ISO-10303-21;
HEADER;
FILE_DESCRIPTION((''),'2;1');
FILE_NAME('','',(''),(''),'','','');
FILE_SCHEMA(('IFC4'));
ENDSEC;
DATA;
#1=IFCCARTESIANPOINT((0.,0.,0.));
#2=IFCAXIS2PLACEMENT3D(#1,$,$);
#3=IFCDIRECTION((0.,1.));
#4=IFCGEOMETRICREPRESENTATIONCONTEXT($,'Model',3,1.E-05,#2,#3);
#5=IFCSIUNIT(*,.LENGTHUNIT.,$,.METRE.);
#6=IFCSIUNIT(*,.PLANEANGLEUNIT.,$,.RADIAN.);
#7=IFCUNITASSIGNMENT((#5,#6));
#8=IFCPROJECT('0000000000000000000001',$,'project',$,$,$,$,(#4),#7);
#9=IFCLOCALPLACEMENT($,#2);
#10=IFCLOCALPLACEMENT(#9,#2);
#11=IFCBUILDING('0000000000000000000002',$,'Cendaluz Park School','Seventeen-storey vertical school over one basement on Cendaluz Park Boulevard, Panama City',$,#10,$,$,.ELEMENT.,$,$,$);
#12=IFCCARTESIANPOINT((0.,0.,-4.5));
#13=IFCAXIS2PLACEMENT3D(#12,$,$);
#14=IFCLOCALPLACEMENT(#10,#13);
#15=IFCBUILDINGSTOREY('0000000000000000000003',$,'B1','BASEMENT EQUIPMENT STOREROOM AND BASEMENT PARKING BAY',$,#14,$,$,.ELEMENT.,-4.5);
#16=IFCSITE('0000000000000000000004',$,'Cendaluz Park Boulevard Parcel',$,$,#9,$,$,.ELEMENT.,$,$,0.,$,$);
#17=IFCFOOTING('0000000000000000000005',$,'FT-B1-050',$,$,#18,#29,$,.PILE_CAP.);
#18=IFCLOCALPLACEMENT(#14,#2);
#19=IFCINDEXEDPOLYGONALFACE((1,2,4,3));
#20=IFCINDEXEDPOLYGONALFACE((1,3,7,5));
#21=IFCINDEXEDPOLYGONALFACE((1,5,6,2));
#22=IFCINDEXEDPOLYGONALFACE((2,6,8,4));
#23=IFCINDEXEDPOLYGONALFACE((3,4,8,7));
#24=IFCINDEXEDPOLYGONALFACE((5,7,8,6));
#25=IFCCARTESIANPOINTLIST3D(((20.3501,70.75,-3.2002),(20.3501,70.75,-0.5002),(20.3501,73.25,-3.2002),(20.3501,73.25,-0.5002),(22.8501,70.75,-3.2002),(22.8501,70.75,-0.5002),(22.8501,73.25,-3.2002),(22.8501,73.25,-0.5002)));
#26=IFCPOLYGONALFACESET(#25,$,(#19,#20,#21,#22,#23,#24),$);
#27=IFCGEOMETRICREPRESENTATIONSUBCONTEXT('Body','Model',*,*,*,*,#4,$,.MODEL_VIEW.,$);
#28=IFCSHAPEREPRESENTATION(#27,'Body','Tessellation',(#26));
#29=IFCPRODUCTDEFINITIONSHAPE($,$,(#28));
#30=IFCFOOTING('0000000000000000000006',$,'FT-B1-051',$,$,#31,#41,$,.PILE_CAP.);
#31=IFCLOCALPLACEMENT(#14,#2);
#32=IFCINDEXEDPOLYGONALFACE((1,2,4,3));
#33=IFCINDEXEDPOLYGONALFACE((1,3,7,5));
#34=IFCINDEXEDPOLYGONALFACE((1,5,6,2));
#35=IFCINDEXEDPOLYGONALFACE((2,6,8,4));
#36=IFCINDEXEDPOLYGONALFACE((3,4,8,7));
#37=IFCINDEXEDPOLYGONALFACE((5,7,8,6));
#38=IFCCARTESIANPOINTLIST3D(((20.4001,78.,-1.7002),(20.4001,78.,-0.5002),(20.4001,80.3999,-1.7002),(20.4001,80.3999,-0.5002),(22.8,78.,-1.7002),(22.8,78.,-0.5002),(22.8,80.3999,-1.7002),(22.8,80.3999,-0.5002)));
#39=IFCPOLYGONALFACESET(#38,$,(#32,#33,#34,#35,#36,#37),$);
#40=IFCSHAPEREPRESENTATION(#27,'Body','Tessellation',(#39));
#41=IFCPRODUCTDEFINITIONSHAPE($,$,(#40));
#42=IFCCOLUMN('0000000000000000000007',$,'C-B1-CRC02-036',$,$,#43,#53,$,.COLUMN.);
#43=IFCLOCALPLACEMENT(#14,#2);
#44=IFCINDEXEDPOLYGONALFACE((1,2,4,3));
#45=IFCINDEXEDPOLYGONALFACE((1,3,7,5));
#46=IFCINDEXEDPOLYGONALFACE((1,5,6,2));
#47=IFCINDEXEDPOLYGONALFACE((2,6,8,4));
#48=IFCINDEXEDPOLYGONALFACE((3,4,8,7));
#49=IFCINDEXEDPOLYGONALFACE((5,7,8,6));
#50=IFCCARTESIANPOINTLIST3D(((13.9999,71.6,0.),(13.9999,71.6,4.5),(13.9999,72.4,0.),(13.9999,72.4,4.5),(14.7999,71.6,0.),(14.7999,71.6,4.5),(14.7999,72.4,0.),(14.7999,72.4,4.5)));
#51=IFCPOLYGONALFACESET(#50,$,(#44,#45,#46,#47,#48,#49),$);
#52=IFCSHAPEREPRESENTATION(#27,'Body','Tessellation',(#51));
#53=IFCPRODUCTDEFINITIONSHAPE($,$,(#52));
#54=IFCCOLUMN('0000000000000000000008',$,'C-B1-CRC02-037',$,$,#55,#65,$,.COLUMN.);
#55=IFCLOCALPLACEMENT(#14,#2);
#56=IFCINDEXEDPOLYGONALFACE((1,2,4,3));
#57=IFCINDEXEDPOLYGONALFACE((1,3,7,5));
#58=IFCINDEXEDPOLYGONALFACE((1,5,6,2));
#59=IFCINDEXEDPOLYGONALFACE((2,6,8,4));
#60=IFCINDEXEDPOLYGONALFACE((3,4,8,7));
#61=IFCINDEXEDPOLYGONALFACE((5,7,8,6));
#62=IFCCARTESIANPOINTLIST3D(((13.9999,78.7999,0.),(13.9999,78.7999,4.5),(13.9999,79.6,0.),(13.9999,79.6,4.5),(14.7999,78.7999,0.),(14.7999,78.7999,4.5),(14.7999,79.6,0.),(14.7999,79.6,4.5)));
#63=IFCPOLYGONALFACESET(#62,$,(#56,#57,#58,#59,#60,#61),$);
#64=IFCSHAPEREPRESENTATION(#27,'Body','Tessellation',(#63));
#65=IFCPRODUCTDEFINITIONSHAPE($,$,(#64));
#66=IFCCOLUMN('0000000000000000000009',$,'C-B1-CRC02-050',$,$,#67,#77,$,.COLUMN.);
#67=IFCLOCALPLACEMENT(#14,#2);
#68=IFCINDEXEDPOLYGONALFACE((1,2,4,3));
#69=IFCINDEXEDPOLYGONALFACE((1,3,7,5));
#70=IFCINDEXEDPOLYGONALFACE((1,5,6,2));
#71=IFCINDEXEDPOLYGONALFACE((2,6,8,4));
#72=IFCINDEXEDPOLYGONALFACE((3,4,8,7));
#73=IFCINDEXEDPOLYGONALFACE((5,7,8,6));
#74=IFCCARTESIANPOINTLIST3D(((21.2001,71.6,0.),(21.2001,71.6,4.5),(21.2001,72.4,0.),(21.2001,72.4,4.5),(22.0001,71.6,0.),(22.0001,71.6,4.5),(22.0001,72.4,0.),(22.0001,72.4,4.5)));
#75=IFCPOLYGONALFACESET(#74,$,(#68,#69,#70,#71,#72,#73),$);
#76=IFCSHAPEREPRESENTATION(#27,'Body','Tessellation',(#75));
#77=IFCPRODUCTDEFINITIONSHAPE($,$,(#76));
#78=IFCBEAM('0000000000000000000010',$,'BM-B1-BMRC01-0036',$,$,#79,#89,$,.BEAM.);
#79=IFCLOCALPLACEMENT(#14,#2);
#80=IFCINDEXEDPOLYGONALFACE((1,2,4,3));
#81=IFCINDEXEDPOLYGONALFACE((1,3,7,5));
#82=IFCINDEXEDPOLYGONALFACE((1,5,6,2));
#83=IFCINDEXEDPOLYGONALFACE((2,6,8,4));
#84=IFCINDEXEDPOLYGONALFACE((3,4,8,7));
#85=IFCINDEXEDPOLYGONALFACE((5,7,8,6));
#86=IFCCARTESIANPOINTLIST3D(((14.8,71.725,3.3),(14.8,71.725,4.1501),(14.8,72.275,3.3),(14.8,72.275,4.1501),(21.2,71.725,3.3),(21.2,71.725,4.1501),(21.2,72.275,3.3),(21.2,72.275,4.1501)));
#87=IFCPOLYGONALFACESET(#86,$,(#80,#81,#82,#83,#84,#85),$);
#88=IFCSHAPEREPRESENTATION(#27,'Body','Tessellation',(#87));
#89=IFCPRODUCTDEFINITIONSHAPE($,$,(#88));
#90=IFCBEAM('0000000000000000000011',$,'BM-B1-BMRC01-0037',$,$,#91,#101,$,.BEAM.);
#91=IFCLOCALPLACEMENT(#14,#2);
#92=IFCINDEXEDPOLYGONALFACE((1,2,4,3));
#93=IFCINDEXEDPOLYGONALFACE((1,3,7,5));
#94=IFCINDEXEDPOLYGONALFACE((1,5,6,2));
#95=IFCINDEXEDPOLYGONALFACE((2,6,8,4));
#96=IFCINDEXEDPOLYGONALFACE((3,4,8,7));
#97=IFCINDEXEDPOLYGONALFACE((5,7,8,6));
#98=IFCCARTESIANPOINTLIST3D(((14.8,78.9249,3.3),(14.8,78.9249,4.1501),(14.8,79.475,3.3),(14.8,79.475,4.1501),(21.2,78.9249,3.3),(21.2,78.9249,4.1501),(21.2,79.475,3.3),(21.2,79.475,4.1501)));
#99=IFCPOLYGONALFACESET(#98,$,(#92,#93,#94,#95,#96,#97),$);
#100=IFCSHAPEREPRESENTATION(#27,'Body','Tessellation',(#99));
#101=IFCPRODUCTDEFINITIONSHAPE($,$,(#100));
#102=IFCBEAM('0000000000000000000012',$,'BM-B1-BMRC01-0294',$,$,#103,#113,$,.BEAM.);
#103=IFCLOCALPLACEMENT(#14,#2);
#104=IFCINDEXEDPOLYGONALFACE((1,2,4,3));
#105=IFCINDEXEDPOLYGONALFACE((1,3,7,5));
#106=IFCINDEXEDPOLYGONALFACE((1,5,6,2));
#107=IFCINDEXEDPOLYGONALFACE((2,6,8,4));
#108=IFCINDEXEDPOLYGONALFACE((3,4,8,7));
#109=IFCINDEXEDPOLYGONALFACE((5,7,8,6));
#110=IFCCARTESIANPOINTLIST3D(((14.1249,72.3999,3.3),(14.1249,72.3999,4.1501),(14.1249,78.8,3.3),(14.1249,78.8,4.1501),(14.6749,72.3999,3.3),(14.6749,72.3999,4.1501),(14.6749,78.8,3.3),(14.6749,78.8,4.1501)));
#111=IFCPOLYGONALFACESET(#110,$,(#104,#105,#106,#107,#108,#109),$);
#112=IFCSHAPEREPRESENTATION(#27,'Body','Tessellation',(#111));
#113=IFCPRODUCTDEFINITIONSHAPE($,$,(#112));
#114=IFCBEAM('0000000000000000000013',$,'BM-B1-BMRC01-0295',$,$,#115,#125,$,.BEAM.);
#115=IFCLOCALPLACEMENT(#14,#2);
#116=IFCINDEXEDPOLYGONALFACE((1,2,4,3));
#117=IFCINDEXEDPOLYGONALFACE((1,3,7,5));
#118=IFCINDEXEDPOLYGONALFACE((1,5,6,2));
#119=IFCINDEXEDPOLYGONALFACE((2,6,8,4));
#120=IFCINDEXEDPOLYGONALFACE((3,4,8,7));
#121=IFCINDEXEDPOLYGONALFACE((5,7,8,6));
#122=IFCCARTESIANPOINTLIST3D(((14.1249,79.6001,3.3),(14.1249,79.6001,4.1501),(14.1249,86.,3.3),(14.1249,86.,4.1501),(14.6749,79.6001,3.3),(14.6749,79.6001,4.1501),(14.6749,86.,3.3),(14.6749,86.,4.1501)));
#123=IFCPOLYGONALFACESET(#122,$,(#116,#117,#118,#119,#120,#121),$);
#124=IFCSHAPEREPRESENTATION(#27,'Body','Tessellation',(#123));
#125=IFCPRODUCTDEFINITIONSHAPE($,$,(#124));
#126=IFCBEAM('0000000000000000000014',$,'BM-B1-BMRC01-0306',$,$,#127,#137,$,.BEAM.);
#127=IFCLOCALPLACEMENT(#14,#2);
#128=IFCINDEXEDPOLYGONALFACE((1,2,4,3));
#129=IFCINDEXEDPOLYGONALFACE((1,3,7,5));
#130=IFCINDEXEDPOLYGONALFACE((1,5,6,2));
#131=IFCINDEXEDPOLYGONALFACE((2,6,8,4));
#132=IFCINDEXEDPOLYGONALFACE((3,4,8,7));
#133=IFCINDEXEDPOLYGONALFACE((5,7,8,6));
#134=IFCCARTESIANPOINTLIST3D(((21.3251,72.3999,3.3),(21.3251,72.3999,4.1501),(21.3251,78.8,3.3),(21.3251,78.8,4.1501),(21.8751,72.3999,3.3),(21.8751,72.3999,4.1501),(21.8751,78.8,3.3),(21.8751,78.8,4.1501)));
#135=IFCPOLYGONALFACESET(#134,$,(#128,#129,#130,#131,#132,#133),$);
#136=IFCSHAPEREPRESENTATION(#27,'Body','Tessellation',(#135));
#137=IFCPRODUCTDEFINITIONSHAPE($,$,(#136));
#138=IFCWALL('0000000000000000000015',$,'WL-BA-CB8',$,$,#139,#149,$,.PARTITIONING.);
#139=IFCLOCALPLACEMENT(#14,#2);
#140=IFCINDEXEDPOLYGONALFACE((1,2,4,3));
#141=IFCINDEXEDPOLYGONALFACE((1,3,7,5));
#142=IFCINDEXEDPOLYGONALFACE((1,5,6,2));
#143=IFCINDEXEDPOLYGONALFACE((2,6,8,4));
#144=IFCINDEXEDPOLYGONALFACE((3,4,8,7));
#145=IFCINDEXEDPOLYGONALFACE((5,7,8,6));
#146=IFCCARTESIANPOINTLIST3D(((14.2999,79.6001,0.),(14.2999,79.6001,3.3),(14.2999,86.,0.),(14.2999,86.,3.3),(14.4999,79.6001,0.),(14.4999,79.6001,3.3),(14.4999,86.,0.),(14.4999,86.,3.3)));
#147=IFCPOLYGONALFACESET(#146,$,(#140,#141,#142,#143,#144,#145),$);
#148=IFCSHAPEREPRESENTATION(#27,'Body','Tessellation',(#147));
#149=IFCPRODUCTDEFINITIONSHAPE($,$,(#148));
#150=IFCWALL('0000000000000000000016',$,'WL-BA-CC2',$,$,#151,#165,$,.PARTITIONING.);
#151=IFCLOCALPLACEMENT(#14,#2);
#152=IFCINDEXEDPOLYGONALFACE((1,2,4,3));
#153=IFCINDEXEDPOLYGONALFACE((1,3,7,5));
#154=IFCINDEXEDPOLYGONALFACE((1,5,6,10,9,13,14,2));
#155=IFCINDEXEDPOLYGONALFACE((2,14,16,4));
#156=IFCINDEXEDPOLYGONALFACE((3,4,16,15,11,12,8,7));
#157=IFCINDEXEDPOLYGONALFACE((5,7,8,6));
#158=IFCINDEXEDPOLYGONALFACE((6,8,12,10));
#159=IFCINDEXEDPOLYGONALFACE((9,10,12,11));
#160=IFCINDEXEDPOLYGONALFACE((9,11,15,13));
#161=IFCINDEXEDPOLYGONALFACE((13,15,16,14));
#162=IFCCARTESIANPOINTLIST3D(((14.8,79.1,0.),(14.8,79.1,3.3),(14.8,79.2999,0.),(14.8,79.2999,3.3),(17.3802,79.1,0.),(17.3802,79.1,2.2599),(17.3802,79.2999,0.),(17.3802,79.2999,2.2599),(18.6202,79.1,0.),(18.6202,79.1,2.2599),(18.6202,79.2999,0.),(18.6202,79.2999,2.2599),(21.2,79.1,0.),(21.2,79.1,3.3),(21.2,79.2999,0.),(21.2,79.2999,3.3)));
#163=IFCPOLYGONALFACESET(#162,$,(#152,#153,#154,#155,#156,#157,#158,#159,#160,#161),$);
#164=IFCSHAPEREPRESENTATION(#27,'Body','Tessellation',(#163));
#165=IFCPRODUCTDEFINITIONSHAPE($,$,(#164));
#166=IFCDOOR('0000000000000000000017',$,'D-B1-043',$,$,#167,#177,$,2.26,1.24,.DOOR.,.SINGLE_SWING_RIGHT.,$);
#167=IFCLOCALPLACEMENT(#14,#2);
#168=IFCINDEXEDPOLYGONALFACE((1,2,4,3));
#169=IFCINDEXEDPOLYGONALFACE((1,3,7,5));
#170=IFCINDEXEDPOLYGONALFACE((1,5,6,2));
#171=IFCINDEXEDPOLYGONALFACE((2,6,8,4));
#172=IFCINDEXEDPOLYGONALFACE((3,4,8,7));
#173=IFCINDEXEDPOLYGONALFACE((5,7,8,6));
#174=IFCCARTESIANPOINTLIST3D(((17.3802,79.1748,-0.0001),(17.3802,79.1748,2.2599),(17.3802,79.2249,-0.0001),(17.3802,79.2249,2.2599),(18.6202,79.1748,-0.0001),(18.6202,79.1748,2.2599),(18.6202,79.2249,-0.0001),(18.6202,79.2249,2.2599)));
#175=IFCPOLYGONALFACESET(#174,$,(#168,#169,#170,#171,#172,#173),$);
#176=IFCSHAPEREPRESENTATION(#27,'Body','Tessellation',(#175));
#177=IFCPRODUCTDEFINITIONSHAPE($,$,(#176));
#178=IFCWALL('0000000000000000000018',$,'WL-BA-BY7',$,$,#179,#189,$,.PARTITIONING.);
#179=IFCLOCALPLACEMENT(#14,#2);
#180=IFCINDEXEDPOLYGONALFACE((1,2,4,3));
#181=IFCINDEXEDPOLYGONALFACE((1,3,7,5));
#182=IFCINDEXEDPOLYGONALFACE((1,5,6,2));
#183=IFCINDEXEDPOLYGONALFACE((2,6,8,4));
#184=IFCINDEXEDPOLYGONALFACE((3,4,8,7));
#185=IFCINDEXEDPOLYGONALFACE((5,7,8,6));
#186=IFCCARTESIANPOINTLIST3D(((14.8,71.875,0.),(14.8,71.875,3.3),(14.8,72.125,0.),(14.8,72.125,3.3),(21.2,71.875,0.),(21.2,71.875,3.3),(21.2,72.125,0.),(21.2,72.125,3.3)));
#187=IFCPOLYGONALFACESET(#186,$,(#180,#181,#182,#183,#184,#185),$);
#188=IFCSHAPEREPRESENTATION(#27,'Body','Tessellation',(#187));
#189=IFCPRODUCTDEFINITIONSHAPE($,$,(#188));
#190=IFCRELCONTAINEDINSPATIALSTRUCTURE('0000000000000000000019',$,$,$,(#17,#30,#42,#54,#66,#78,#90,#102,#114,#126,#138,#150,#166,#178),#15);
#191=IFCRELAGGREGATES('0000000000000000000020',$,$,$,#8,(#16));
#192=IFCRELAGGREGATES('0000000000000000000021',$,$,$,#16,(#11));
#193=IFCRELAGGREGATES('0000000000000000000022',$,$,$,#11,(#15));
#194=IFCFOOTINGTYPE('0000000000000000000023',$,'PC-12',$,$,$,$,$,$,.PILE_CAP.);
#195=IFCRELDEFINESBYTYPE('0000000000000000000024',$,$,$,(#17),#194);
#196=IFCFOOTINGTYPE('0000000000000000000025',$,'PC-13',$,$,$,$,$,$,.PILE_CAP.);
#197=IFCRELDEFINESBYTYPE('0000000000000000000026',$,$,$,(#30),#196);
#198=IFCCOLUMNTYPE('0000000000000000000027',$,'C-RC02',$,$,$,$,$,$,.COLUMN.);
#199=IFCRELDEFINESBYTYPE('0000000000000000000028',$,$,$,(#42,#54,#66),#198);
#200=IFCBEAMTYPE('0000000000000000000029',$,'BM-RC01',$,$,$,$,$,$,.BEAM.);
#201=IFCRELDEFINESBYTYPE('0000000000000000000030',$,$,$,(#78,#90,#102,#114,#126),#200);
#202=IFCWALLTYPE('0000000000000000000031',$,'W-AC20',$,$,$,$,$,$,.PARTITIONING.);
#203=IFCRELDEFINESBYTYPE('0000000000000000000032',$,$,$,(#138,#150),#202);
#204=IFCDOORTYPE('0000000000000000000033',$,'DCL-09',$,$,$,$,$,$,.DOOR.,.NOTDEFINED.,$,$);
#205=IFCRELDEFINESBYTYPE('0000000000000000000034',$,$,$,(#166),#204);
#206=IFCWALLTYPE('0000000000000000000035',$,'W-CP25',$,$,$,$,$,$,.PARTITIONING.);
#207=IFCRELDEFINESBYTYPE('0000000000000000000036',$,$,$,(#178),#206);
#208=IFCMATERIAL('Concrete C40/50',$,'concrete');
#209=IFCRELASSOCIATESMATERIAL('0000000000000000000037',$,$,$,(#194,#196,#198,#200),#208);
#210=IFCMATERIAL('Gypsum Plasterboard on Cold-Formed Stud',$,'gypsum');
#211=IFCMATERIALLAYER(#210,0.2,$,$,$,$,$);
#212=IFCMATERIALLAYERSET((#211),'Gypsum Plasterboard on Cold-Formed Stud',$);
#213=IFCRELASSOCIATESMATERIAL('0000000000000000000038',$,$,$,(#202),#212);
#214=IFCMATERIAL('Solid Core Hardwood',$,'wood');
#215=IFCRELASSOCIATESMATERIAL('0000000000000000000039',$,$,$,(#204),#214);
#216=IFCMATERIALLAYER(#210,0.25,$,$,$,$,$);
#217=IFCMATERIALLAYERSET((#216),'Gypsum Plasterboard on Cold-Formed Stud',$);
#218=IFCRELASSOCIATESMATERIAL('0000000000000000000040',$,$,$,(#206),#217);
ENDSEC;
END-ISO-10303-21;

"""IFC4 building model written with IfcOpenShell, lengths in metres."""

from ifc_helpers import new_model, si_unit, direction, frame, frame_2d, origin, origin_2d, place, context, subcontext, project, spatial, rectangle, extrude, material, layer, layer_set, material_profile, profile_set, type_object, element, fill, save


model = new_model("IFC4")

# Units and contexts
model_context = context("Model", 3, precision=1e-05, world=origin(), true_north=direction((0.0, 1.0)))
body_context = subcontext(model_context, "Body", "Model", "MODEL_VIEW")
ifc_project = project(units=[si_unit("LENGTHUNIT", "METRE"), si_unit("PLANEANGLEUNIT", "RADIAN")], contexts=[model_context])

# Site, building, storey
site_placement = place(None, origin())
site = spatial("IfcSite", under=ifc_project, at=site_placement, Name="Cendaluz Park Boulevard Parcel", CompositionType="ELEMENT", RefElevation=0.0)
building_placement = place(site_placement, origin())
building = spatial("IfcBuilding", under=site, at=building_placement, Name="Cendaluz Park School", Description="Seventeen-storey vertical school over one basement on Cendaluz Park Boulevard, Panama City", CompositionType="ELEMENT")
storey_placement = place(building_placement, frame((0.0, 0.0, -4.5)))
storey = spatial("IfcBuildingStorey", under=building, at=storey_placement, Name="B1", Description="BASEMENT EQUIPMENT STOREROOM AND BASEMENT PARKING BAY", CompositionType="ELEMENT", Elevation=-4.5)

# Shared definitions
ifc_material_1 = material(Name="Concrete C40/50", Category="concrete")

# Footings
footing_type_1 = type_object("IfcFootingType", Name="PC-12", PredefinedType="PILE_CAP", material=ifc_material_1)
footing_1_placement = place(storey_placement, frame((21.6001, 72.0, -3.2002), z_axis=(0.0, 0.0, 1.0), x_axis=(1.0, 0.0, 0.0)))
element("IfcFooting", 1, at=footing_1_placement, inside=storey, type_object=footing_type_1, Name="FT-B1-050", PredefinedType="PILE_CAP", context=body_context, shape_type="SweptSolid", body=[
    extrude(rectangle(XDim=2.5, YDim=2.5, at=origin_2d()), origin(), (0.0, 0.0, 1.0), 2.7),
])
footing_type_2 = type_object("IfcFootingType", Name="PC-13", PredefinedType="PILE_CAP", material=ifc_material_1)
footing_2_placement = place(storey_placement, frame((21.6001, 79.2, -1.7002), z_axis=(0.0, 0.0, 1.0), x_axis=(1.0, 0.0, 0.0)))
element("IfcFooting", 2, at=footing_2_placement, inside=storey, type_object=footing_type_2, Name="FT-B1-051", PredefinedType="PILE_CAP", context=body_context, shape_type="SweptSolid", body=[
    extrude(rectangle(XDim=2.3999, YDim=2.3999, at=origin_2d()), origin(), (0.0, 0.0, 1.0), 1.2),
])

# Columns
ifc_material_profile_1 = material_profile(ifc_material_1, rectangle(XDim=0.8, YDim=0.8, at=origin_2d()), Name="RC 800x800", Category="concrete")
ifc_profile_set_1 = profile_set([ifc_material_profile_1], Name="Concrete C40/50")
column_type = type_object("IfcColumnType", Name="C-RC02", PredefinedType="COLUMN", material=ifc_profile_set_1)
for number, where, z_axis, x_axis, name in (
    (3, (14.3999, 72.0, 0.0), (0.0, 0.0, 1.0), (1.0, 0.0, 0.0), "C-B1-CRC02-036"),
    (4, (14.3999, 79.2, 0.0), (0.0, 0.0, 1.0), (1.0, 0.0, 0.0), "C-B1-CRC02-037"),
    (5, (21.6001, 72.0, 0.0), (0.0, 0.0, 1.0), (1.0, 0.0, 0.0), "C-B1-CRC02-050"),
):
    element("IfcColumn", number, at=place(storey_placement, frame(where, z_axis=z_axis, x_axis=x_axis)), inside=storey, type_object=column_type, Name=name, PredefinedType="COLUMN", context=body_context, shape_type="SweptSolid", body=[
        extrude(rectangle(XDim=0.8, YDim=0.8, at=origin_2d()), origin(), (0.0, 0.0, 1.0), 4.5),
    ])

# Beams
ifc_material_profile_2 = material_profile(ifc_material_1, rectangle(XDim=0.55, YDim=0.8501, at=origin_2d()), Name="RC 550x850", Category="concrete")
ifc_profile_set_2 = profile_set([ifc_material_profile_2], Name="Concrete C40/50")
beam_type = type_object("IfcBeamType", Name="BM-RC01", PredefinedType="BEAM", material=ifc_profile_set_2)
for number, where, z_axis, x_axis, name in (
    (6, (14.8, 72.0, 3.7251), (1.0, 0.0, 0.0), (0.0, 1.0, 0.0), "BM-B1-BMRC01-0036"),
    (7, (14.8, 79.2, 3.7251), (1.0, 0.0, 0.0), (0.0, 1.0, 0.0), "BM-B1-BMRC01-0037"),
):
    element("IfcBeam", number, at=place(storey_placement, frame(where, z_axis=z_axis, x_axis=x_axis)), inside=storey, type_object=beam_type, Name=name, PredefinedType="BEAM", context=body_context, shape_type="SweptSolid", body=[
        extrude(rectangle(XDim=0.55, YDim=0.8501, at=origin_2d()), origin(), (0.0, 0.0, 1.0), 6.3999),
    ])
beam_1_placement = place(storey_placement, frame((14.3999, 72.3999, 3.7251), z_axis=(0.0, 1.0, 0.0), x_axis=(-1.0, 0.0, 0.0)))
element("IfcBeam", 8, at=beam_1_placement, inside=storey, type_object=beam_type, Name="BM-B1-BMRC01-0294", PredefinedType="BEAM", context=body_context, shape_type="SweptSolid", body=[
    extrude(rectangle(XDim=0.55, YDim=0.8501, at=origin_2d()), origin(), (0.0, 0.0, 1.0), 6.4001),
])
beam_2_placement = place(storey_placement, frame((14.3999, 79.6001, 3.7251), z_axis=(0.0, 1.0, 0.0), x_axis=(-1.0, 0.0, 0.0)))
element("IfcBeam", 9, at=beam_2_placement, inside=storey, type_object=beam_type, Name="BM-B1-BMRC01-0295", PredefinedType="BEAM", context=body_context, shape_type="SweptSolid", body=[
    extrude(rectangle(XDim=0.55, YDim=0.8501, at=origin_2d()), origin(), (0.0, 0.0, 1.0), 6.3999),
])
beam_3_placement = place(storey_placement, frame((21.6001, 72.3999, 3.7251), z_axis=(0.0, 1.0, 0.0), x_axis=(-1.0, 0.0, 0.0)))
element("IfcBeam", 10, at=beam_3_placement, inside=storey, type_object=beam_type, Name="BM-B1-BMRC01-0306", PredefinedType="BEAM", context=body_context, shape_type="SweptSolid", body=[
    extrude(rectangle(XDim=0.55, YDim=0.8501, at=origin_2d()), origin(), (0.0, 0.0, 1.0), 6.4001),
])

# Wall
ifc_material_2 = material(Name="Gypsum Plasterboard on Cold-Formed Stud", Category="gypsum")
ifc_layer_1 = layer(ifc_material_2, 0.2)
ifc_layer_set_1 = layer_set([ifc_layer_1], Name="Gypsum Plasterboard on Cold-Formed Stud")
wall_type_1 = type_object("IfcWallType", Name="W-AC20", PredefinedType="PARTITIONING", material=ifc_layer_set_1)
wall_1_placement = place(storey_placement, frame((14.3999, 79.6001, 0.0), z_axis=(0.0, 0.0, 1.0), x_axis=(0.0, 1.0, 0.0)))
element("IfcWall", 11, at=wall_1_placement, inside=storey, type_object=wall_type_1, Name="WL-BA-CB8", PredefinedType="PARTITIONING", context=body_context, shape_type="SweptSolid", body=[
    extrude(rectangle(XDim=6.3999, YDim=0.2, at=frame_2d((3.2, 0.0))), origin(), (0.0, 0.0, 1.0), 3.3),
])

# Wall, opening, door
wall_2_placement = place(storey_placement, frame((14.8, 79.2, 0.0), z_axis=(0.0, 0.0, 1.0), x_axis=(1.0, 0.0, 0.0)))
wall_2 = element("IfcWall", 12, at=wall_2_placement, inside=storey, type_object=wall_type_1, Name="WL-BA-CC2", PredefinedType="PARTITIONING", context=body_context, shape_type="SweptSolid", body=[
    extrude(rectangle(XDim=6.3999, YDim=0.2, at=frame_2d((3.2, 0.0))), origin(), (0.0, 0.0, 1.0), 3.3),
])
opening_placement = place(wall_2_placement, frame((2.5801, 0.0, 0.0)))
opening = element("IfcOpeningElement", 13, at=opening_placement, cuts=wall_2, PredefinedType="OPENING", context=body_context, shape_type="SweptSolid", body=[
    extrude(rectangle(XDim=1.24, YDim=2.26, at=frame_2d((0.6201, 1.1299))), frame((0.0, 0.1121, 0.0), z_axis=(0.0, -1.0, 0.0), x_axis=(1.0, 0.0, 0.0)), (0.0, 0.0, 1.0), 0.2239),
])
ifc_material_3 = material(Name="Solid Core Hardwood", Category="wood")
door_type = type_object("IfcDoorType", Name="DCL-09", OperationType="NOTDEFINED", PredefinedType="DOOR", material=ifc_material_3)
door_placement = place(opening_placement, origin())
door = element("IfcDoor", 14, at=door_placement, inside=storey, type_object=door_type, Name="D-B1-043", OperationType="SINGLE_SWING_RIGHT", OverallHeight=2.26, OverallWidth=1.24, PredefinedType="DOOR", context=body_context, shape_type="SweptSolid", body=[
    extrude(rectangle(XDim=1.24, YDim=2.26, at=frame_2d((0.6201, 1.1299))), frame((0.0, 0.0249, 0.0), z_axis=(0.0, -1.0, 0.0), x_axis=(1.0, 0.0, 0.0)), (0.0, 0.0, 1.0), 0.05),
])
fill(opening, door)

# Wall
ifc_layer_2 = layer(ifc_material_2, 0.25)
ifc_layer_set_2 = layer_set([ifc_layer_2], Name="Gypsum Plasterboard on Cold-Formed Stud")
wall_type_2 = type_object("IfcWallType", Name="W-CP25", PredefinedType="PARTITIONING", material=ifc_layer_set_2)
wall_3_placement = place(storey_placement, frame((14.8, 72.0, 0.0), z_axis=(0.0, 0.0, 1.0), x_axis=(1.0, 0.0, 0.0)))
element("IfcWall", 15, at=wall_3_placement, inside=storey, type_object=wall_type_2, Name="WL-BA-BY7", PredefinedType="PARTITIONING", context=body_context, shape_type="SweptSolid", body=[
    extrude(rectangle(XDim=6.3999, YDim=0.25, at=frame_2d((3.2, 0.0))), origin(), (0.0, 0.0, 1.0), 3.3),
])

save(model, "model.ifc")
